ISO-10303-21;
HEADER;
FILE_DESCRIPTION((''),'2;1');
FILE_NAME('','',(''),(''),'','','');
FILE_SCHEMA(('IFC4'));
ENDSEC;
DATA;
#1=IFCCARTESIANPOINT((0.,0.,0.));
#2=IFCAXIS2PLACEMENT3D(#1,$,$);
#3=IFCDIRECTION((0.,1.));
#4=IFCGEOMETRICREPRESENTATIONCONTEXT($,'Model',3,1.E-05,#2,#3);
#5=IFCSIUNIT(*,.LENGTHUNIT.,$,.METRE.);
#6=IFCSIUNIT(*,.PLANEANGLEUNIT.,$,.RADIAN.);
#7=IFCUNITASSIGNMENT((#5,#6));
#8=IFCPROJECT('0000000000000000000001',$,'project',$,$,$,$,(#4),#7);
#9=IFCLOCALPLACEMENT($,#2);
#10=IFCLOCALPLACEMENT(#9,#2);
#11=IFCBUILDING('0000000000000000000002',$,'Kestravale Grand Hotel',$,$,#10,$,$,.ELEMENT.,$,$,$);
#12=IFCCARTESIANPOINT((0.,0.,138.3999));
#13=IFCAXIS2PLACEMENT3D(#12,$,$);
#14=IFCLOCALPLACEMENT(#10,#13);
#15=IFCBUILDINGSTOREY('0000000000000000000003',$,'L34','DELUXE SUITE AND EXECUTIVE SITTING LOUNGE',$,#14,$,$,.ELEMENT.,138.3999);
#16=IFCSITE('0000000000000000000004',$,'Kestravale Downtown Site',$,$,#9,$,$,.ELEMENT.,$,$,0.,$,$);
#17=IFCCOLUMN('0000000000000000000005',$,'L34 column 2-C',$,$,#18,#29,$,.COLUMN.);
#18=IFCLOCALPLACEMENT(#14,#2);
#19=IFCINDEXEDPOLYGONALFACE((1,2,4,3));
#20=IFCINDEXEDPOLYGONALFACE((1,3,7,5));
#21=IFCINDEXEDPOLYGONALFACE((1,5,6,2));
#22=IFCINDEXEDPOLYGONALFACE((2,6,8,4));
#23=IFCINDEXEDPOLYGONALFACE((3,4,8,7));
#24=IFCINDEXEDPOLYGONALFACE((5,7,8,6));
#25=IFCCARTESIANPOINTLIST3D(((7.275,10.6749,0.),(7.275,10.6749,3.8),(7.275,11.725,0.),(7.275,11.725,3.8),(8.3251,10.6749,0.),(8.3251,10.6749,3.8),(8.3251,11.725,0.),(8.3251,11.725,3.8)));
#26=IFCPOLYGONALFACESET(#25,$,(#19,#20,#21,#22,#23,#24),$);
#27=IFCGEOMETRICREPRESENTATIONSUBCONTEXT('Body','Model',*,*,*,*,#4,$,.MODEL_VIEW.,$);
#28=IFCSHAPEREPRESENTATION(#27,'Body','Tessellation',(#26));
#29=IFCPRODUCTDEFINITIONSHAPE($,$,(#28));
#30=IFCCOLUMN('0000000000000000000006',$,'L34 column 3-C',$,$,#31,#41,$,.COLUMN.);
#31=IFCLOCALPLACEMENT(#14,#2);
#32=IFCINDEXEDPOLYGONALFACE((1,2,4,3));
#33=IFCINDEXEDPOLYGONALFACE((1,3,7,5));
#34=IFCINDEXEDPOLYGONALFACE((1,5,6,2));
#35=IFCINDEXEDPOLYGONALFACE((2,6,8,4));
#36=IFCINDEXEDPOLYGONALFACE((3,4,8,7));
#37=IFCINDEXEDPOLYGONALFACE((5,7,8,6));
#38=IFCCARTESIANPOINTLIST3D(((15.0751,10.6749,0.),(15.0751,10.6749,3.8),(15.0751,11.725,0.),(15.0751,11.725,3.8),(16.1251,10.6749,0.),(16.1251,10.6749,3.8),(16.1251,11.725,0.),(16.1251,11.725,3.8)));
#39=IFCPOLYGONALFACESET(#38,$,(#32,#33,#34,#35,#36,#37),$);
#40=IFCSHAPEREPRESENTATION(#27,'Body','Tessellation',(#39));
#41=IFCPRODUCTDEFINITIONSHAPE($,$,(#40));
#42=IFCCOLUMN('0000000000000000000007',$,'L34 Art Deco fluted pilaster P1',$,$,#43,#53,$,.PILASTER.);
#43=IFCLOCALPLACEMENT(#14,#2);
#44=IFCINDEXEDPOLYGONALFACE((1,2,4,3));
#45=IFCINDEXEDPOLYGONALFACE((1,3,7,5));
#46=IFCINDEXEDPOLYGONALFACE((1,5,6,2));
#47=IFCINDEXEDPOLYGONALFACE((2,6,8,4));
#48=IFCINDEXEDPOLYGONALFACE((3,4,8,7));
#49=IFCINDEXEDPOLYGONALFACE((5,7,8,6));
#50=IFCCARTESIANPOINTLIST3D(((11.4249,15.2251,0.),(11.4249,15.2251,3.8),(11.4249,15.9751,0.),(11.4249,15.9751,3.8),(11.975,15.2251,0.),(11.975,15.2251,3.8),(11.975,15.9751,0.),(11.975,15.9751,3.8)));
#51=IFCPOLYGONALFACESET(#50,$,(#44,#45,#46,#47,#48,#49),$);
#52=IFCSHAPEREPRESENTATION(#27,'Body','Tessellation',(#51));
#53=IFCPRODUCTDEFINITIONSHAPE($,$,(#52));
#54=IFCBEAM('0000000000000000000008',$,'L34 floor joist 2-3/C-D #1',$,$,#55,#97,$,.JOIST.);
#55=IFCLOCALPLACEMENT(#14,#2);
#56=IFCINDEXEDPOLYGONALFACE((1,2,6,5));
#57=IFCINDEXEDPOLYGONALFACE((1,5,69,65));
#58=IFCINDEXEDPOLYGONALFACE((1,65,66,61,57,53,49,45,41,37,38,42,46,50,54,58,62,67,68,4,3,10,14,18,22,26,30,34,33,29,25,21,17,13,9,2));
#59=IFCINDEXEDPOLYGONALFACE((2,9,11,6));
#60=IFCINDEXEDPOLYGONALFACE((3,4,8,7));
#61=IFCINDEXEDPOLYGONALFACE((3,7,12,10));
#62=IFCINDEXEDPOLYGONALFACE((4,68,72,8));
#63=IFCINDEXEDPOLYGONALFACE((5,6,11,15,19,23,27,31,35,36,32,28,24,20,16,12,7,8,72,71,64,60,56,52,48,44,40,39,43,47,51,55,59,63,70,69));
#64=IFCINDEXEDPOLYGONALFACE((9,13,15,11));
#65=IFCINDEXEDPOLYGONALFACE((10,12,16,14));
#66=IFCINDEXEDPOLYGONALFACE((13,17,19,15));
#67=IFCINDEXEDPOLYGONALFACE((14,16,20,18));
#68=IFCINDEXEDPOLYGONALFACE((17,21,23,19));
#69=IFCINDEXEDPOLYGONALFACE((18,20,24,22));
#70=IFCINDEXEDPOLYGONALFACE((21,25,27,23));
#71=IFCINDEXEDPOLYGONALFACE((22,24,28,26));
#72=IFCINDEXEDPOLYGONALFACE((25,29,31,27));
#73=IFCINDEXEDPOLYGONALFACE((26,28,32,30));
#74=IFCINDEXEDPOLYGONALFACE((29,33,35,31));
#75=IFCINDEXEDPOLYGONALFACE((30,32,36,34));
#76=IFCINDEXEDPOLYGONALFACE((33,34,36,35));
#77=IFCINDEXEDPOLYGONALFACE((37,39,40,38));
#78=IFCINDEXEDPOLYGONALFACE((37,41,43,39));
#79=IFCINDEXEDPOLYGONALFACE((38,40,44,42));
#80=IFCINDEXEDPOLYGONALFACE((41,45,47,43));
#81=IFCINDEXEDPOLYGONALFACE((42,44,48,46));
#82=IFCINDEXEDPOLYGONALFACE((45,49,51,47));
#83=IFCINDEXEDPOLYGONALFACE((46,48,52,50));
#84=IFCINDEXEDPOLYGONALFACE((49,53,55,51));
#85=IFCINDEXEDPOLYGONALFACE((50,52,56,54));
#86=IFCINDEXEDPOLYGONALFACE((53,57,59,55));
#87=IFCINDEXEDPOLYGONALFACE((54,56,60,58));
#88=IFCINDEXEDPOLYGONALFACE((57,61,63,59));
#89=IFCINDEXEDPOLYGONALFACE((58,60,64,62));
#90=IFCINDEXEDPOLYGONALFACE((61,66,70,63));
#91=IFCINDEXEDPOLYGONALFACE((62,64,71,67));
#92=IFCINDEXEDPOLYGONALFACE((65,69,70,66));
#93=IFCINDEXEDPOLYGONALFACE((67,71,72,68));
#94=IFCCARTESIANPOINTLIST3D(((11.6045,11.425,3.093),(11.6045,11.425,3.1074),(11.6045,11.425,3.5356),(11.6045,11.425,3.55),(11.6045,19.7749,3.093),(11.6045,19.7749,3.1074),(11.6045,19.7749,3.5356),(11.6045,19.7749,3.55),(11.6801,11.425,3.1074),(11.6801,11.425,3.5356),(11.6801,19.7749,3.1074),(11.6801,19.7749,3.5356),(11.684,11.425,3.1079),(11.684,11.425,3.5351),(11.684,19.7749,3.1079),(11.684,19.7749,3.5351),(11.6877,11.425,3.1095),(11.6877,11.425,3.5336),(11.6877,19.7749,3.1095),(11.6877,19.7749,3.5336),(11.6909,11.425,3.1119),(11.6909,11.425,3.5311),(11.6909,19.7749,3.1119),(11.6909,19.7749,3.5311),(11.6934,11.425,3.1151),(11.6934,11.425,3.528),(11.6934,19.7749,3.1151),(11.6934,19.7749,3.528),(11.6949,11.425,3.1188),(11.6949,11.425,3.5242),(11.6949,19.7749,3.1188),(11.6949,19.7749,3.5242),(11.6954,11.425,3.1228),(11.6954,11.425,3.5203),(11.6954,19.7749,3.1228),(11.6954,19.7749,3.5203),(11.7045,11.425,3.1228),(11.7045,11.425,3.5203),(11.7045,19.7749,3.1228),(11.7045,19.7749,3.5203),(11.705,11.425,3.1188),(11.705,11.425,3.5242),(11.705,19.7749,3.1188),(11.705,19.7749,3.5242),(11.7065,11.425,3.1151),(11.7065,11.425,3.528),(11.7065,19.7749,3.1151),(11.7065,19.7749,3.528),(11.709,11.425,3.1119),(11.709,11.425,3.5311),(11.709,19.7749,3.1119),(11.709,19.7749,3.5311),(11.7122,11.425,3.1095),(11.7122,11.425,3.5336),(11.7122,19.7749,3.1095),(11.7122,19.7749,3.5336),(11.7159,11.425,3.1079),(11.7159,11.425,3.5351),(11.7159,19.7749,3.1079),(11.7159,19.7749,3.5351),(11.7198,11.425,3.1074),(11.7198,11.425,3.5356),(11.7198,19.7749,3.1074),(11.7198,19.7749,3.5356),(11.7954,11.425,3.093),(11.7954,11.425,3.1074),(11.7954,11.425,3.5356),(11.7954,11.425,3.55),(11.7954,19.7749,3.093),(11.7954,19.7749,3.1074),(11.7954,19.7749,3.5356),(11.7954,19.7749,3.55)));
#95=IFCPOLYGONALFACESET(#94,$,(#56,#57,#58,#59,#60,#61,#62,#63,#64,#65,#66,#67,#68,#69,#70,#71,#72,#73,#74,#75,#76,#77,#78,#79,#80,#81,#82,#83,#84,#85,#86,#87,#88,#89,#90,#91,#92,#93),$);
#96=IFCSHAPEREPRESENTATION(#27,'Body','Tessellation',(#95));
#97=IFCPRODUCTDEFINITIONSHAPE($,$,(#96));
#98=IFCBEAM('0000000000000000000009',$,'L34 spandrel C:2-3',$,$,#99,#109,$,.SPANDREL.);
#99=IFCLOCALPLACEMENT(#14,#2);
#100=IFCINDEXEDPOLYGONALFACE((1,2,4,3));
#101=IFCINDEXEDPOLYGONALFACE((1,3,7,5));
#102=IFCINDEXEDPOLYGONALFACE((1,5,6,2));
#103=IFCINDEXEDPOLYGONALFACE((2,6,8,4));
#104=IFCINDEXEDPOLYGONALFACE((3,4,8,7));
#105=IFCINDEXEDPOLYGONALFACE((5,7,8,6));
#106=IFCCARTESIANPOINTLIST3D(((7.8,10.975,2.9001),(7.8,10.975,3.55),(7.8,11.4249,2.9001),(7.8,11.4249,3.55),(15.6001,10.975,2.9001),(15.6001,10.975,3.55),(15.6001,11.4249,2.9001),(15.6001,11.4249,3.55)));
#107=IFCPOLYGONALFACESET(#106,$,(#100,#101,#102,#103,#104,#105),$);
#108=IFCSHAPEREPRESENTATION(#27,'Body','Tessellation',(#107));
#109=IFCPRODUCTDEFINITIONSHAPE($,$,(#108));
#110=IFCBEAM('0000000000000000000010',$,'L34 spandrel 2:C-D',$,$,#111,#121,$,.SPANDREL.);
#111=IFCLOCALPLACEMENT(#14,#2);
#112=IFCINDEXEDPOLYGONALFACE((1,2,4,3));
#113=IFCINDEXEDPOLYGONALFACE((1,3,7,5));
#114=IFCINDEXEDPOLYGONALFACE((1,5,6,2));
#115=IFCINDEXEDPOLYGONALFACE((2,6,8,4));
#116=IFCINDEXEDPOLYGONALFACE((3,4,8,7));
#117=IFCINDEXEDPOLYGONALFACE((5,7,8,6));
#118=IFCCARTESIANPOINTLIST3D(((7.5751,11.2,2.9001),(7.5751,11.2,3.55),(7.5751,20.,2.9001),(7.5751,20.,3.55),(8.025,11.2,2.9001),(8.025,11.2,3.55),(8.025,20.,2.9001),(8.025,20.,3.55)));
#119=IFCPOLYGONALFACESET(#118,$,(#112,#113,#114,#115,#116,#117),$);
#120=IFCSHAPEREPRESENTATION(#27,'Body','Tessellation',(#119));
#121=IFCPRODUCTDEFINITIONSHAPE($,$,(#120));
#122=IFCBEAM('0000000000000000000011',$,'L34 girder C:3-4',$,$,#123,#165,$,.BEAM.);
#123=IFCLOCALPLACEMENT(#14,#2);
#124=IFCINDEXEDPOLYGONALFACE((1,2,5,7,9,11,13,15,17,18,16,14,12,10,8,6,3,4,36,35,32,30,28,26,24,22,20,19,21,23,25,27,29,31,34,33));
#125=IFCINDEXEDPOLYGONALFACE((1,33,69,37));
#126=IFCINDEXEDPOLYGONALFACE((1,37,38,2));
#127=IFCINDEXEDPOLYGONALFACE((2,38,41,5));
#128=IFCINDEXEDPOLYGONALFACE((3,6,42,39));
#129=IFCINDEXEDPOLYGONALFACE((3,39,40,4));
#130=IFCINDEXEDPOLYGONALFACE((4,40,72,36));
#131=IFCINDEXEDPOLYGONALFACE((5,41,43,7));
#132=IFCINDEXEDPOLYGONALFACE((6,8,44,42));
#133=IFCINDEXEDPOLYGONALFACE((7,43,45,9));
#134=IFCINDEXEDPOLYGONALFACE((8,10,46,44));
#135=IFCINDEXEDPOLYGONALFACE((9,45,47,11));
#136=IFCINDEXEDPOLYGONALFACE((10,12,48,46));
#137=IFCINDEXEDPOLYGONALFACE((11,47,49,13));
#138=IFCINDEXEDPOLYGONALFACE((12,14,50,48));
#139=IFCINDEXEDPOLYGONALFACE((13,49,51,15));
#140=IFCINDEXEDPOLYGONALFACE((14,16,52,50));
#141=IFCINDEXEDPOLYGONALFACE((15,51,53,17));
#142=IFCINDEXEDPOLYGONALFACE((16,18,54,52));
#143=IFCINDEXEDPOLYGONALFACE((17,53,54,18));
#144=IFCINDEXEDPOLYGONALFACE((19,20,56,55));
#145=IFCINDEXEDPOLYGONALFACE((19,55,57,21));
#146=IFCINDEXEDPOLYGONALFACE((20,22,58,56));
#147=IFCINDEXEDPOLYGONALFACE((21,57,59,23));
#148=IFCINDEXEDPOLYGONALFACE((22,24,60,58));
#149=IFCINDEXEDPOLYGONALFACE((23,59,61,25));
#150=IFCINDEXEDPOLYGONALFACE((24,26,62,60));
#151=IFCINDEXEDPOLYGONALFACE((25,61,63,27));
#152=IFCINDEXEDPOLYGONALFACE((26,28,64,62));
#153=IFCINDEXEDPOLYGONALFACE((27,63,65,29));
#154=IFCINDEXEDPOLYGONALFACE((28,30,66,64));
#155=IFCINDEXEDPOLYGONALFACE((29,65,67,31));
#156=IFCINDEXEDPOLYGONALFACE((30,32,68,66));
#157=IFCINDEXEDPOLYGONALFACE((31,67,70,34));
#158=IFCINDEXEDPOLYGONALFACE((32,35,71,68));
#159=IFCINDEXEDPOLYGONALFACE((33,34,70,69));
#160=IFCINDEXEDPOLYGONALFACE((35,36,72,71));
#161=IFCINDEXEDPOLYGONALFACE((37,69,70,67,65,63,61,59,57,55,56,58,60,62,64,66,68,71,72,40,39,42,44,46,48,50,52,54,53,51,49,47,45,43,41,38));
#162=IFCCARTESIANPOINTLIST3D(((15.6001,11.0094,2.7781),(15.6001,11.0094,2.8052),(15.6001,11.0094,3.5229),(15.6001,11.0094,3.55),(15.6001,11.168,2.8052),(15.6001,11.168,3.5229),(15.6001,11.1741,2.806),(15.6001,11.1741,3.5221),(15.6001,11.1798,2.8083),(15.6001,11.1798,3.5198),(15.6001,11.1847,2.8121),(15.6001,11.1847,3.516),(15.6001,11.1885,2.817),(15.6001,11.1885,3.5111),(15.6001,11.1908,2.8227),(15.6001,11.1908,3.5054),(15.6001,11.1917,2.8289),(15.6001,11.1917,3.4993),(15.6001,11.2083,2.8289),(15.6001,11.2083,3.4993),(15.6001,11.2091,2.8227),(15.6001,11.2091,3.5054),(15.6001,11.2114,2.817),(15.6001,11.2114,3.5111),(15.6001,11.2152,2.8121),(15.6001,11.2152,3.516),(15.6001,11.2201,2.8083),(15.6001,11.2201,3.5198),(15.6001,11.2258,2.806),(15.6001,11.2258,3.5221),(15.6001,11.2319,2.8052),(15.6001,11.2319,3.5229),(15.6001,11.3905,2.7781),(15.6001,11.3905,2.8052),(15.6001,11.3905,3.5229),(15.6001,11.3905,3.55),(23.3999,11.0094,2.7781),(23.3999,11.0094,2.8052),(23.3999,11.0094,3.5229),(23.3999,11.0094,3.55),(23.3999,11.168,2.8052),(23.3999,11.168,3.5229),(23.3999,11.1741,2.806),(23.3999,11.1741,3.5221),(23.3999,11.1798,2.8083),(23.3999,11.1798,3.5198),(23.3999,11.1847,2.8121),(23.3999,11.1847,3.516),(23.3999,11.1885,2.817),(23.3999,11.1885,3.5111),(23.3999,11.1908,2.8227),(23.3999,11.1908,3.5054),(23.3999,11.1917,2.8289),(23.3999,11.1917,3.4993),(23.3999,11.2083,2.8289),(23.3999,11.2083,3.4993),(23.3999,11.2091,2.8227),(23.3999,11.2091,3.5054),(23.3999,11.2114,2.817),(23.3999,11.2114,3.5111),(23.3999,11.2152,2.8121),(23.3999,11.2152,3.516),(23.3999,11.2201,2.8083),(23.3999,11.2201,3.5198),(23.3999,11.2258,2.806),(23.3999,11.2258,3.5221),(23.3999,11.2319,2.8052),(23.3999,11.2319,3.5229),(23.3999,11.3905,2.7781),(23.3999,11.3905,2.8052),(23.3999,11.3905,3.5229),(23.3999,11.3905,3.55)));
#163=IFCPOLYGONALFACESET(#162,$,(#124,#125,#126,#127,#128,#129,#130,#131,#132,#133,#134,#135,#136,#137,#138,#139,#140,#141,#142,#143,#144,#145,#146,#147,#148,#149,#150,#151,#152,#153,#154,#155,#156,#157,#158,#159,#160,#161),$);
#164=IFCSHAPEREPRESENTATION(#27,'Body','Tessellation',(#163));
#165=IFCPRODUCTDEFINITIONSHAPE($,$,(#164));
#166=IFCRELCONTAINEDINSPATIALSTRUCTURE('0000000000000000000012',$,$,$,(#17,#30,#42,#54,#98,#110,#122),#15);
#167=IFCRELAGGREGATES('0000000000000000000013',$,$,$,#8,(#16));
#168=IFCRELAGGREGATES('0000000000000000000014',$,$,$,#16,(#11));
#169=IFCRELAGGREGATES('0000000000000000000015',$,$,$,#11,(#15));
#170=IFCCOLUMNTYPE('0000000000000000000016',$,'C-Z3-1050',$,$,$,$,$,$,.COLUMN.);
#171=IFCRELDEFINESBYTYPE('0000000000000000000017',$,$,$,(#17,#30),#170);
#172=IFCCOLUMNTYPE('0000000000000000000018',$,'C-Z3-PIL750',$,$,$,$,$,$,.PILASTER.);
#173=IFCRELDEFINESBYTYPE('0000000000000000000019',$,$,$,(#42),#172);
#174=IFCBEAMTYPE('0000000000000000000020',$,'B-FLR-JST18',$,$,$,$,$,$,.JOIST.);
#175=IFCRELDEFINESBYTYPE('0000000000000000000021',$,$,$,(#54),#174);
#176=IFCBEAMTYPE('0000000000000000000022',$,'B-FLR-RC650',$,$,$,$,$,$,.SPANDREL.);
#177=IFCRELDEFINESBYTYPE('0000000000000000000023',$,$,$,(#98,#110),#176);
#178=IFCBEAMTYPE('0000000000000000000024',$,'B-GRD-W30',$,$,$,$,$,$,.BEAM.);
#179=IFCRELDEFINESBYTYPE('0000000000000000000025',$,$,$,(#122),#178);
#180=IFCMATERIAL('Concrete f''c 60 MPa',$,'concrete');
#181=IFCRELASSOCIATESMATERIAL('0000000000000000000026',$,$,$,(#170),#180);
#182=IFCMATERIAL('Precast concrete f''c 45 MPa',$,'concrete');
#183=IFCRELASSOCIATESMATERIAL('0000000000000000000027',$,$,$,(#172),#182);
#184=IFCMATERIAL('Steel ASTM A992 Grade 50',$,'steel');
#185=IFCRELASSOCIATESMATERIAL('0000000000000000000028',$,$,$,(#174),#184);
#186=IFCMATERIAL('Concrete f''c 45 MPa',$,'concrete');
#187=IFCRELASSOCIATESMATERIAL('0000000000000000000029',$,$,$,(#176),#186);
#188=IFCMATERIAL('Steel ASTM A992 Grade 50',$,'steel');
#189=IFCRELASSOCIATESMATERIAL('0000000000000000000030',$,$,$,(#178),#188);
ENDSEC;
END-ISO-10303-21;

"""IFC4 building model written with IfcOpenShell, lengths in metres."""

from ifc_helpers import new_model, si_unit, direction, frame, origin, origin_2d, place, context, subcontext, project, spatial, rectangle, i_section, extrude, material, material_profile, profile_set, type_object, element, save


model = new_model("IFC4")

# Units and contexts
model_context = context("Model", 3, precision=1e-05, world=origin(), true_north=direction((0.0, 1.0)))
body_context = subcontext(model_context, "Body", "Model", "MODEL_VIEW")
ifc_project = project(units=[si_unit("LENGTHUNIT", "METRE"), si_unit("PLANEANGLEUNIT", "RADIAN")], contexts=[model_context])

# Site, building, storey
site_placement = place(None, origin())
site = spatial("IfcSite", under=ifc_project, at=site_placement, Name="Kestravale Downtown Site", CompositionType="ELEMENT", RefElevation=0.0)
building_placement = place(site_placement, origin())
building = spatial("IfcBuilding", under=site, at=building_placement, Name="Kestravale Grand Hotel", CompositionType="ELEMENT")
storey_placement = place(building_placement, frame((0.0, 0.0, 138.3999)))
storey = spatial("IfcBuildingStorey", under=building, at=storey_placement, Name="L34", Description="DELUXE SUITE AND EXECUTIVE SITTING LOUNGE", CompositionType="ELEMENT", Elevation=138.3999)

# Columns
ifc_material_1 = material(Name="Concrete f'c 60 MPa", Category="concrete")
ifc_material_profile_1 = material_profile(ifc_material_1, rectangle(XDim=1.05, YDim=1.05, at=origin_2d()))
ifc_profile_set_1 = profile_set([ifc_material_profile_1], Name="Concrete f'c 60 MPa")
column_type_1 = type_object("IfcColumnType", Name="C-Z3-1050", PredefinedType="COLUMN", material=ifc_profile_set_1)
for number, where, z_axis, x_axis, name in (
    (1, (7.8, 11.2, 0.0), (0.0, 0.0, 1.0), (1.0, 0.0, 0.0), "L34 column 2-C"),
    (2, (15.6001, 11.2, 0.0), (0.0, 0.0, 1.0), (1.0, 0.0, 0.0), "L34 column 3-C"),
):
    element("IfcColumn", number, at=place(storey_placement, frame(where, z_axis=z_axis, x_axis=x_axis)), inside=storey, type_object=column_type_1, Name=name, PredefinedType="COLUMN", context=body_context, shape_type="SweptSolid", body=[
        extrude(rectangle(XDim=1.05, YDim=1.05, at=origin_2d()), origin(), (0.0, 0.0, 1.0), 3.8),
    ])
ifc_material_2 = material(Name="Precast concrete f'c 45 MPa", Category="concrete")
ifc_material_profile_2 = material_profile(ifc_material_2, rectangle(XDim=0.55, YDim=0.75, at=origin_2d()))
ifc_profile_set_2 = profile_set([ifc_material_profile_2], Name="Precast concrete f'c 45 MPa")
column_type_2 = type_object("IfcColumnType", Name="C-Z3-PIL750", PredefinedType="PILASTER", material=ifc_profile_set_2)
column_placement = place(storey_placement, frame((11.7, 15.6001, 0.0), z_axis=(0.0, 0.0, 1.0), x_axis=(1.0, 0.0, 0.0)))
element("IfcColumn", 3, at=column_placement, inside=storey, type_object=column_type_2, Name="L34 Art Deco fluted pilaster P1", PredefinedType="PILASTER", context=body_context, shape_type="SweptSolid", body=[
    extrude(rectangle(XDim=0.55, YDim=0.75, at=origin_2d()), origin(), (0.0, 0.0, 1.0), 3.8),
])

# Beams
ifc_material_3 = material(Name="Steel ASTM A992 Grade 50", Category="steel")
ifc_material_profile_3 = material_profile(ifc_material_3, i_section(OverallWidth=0.1909, OverallDepth=0.457, WebThickness=0.009, FlangeThickness=0.0144, FilletRadius=0.0154, at=origin_2d()))
ifc_profile_set_3 = profile_set([ifc_material_profile_3], Name="Steel ASTM A992 Grade 50")
beam_type_1 = type_object("IfcBeamType", Name="B-FLR-JST18", PredefinedType="JOIST", material=ifc_profile_set_3)
beam_1_placement = place(storey_placement, frame((11.7, 11.425, 3.3215), z_axis=(0.0, 1.0, 0.0), x_axis=(-1.0, 0.0, 0.0)))
element("IfcBeam", 4, at=beam_1_placement, inside=storey, type_object=beam_type_1, Name="L34 floor joist 2-3/C-D #1", PredefinedType="JOIST", context=body_context, shape_type="SweptSolid", body=[
    extrude(i_section(OverallWidth=0.1909, OverallDepth=0.457, WebThickness=0.009, FlangeThickness=0.0144, FilletRadius=0.0154, at=origin_2d()), origin(), (0.0, 0.0, 1.0), 8.3499),
])
ifc_material_4 = material(Name="Concrete f'c 45 MPa", Category="concrete")
ifc_material_profile_4 = material_profile(ifc_material_4, rectangle(XDim=0.45, YDim=0.6499, at=origin_2d()))
ifc_profile_set_4 = profile_set([ifc_material_profile_4], Name="Concrete f'c 45 MPa")
beam_type_2 = type_object("IfcBeamType", Name="B-FLR-RC650", PredefinedType="SPANDREL", material=ifc_profile_set_4)
beam_2_placement = place(storey_placement, frame((7.8, 11.2, 3.2251), z_axis=(1.0, 0.0, 0.0), x_axis=(0.0, 1.0, 0.0)))
element("IfcBeam", 5, at=beam_2_placement, inside=storey, type_object=beam_type_2, Name="L34 spandrel C:2-3", PredefinedType="SPANDREL", context=body_context, shape_type="SweptSolid", body=[
    extrude(rectangle(XDim=0.45, YDim=0.6499, at=origin_2d()), origin(), (0.0, 0.0, 1.0), 7.8),
])
beam_3_placement = place(storey_placement, frame((7.8, 11.2, 3.2251), z_axis=(0.0, 1.0, 0.0), x_axis=(-1.0, 0.0, 0.0)))
element("IfcBeam", 6, at=beam_3_placement, inside=storey, type_object=beam_type_2, Name="L34 spandrel 2:C-D", PredefinedType="SPANDREL", context=body_context, shape_type="SweptSolid", body=[
    extrude(rectangle(XDim=0.45, YDim=0.6499, at=origin_2d()), origin(), (0.0, 0.0, 1.0), 8.8),
])
ifc_material_5 = material(Name="Steel ASTM A992 Grade 50", Category="steel")
ifc_material_profile_5 = material_profile(ifc_material_5, i_section(OverallWidth=0.3811, OverallDepth=0.772, WebThickness=0.0166, FlangeThickness=0.0271, FilletRadius=0.0237, at=origin_2d()))
ifc_profile_set_5 = profile_set([ifc_material_profile_5], Name="Steel ASTM A992 Grade 50")
beam_type_3 = type_object("IfcBeamType", Name="B-GRD-W30", PredefinedType="BEAM", material=ifc_profile_set_5)
beam_4_placement = place(storey_placement, frame((15.6001, 11.2, 3.1641), z_axis=(1.0, 0.0, 0.0), x_axis=(0.0, 1.0, 0.0)))
element("IfcBeam", 7, at=beam_4_placement, inside=storey, type_object=beam_type_3, Name="L34 girder C:3-4", PredefinedType="BEAM", context=body_context, shape_type="SweptSolid", body=[
    extrude(i_section(OverallWidth=0.3811, OverallDepth=0.772, WebThickness=0.0166, FlangeThickness=0.0271, FilletRadius=0.0237, at=origin_2d()), origin(), (0.0, 0.0, 1.0), 7.7998),
])

save(model, "model.ifc")
